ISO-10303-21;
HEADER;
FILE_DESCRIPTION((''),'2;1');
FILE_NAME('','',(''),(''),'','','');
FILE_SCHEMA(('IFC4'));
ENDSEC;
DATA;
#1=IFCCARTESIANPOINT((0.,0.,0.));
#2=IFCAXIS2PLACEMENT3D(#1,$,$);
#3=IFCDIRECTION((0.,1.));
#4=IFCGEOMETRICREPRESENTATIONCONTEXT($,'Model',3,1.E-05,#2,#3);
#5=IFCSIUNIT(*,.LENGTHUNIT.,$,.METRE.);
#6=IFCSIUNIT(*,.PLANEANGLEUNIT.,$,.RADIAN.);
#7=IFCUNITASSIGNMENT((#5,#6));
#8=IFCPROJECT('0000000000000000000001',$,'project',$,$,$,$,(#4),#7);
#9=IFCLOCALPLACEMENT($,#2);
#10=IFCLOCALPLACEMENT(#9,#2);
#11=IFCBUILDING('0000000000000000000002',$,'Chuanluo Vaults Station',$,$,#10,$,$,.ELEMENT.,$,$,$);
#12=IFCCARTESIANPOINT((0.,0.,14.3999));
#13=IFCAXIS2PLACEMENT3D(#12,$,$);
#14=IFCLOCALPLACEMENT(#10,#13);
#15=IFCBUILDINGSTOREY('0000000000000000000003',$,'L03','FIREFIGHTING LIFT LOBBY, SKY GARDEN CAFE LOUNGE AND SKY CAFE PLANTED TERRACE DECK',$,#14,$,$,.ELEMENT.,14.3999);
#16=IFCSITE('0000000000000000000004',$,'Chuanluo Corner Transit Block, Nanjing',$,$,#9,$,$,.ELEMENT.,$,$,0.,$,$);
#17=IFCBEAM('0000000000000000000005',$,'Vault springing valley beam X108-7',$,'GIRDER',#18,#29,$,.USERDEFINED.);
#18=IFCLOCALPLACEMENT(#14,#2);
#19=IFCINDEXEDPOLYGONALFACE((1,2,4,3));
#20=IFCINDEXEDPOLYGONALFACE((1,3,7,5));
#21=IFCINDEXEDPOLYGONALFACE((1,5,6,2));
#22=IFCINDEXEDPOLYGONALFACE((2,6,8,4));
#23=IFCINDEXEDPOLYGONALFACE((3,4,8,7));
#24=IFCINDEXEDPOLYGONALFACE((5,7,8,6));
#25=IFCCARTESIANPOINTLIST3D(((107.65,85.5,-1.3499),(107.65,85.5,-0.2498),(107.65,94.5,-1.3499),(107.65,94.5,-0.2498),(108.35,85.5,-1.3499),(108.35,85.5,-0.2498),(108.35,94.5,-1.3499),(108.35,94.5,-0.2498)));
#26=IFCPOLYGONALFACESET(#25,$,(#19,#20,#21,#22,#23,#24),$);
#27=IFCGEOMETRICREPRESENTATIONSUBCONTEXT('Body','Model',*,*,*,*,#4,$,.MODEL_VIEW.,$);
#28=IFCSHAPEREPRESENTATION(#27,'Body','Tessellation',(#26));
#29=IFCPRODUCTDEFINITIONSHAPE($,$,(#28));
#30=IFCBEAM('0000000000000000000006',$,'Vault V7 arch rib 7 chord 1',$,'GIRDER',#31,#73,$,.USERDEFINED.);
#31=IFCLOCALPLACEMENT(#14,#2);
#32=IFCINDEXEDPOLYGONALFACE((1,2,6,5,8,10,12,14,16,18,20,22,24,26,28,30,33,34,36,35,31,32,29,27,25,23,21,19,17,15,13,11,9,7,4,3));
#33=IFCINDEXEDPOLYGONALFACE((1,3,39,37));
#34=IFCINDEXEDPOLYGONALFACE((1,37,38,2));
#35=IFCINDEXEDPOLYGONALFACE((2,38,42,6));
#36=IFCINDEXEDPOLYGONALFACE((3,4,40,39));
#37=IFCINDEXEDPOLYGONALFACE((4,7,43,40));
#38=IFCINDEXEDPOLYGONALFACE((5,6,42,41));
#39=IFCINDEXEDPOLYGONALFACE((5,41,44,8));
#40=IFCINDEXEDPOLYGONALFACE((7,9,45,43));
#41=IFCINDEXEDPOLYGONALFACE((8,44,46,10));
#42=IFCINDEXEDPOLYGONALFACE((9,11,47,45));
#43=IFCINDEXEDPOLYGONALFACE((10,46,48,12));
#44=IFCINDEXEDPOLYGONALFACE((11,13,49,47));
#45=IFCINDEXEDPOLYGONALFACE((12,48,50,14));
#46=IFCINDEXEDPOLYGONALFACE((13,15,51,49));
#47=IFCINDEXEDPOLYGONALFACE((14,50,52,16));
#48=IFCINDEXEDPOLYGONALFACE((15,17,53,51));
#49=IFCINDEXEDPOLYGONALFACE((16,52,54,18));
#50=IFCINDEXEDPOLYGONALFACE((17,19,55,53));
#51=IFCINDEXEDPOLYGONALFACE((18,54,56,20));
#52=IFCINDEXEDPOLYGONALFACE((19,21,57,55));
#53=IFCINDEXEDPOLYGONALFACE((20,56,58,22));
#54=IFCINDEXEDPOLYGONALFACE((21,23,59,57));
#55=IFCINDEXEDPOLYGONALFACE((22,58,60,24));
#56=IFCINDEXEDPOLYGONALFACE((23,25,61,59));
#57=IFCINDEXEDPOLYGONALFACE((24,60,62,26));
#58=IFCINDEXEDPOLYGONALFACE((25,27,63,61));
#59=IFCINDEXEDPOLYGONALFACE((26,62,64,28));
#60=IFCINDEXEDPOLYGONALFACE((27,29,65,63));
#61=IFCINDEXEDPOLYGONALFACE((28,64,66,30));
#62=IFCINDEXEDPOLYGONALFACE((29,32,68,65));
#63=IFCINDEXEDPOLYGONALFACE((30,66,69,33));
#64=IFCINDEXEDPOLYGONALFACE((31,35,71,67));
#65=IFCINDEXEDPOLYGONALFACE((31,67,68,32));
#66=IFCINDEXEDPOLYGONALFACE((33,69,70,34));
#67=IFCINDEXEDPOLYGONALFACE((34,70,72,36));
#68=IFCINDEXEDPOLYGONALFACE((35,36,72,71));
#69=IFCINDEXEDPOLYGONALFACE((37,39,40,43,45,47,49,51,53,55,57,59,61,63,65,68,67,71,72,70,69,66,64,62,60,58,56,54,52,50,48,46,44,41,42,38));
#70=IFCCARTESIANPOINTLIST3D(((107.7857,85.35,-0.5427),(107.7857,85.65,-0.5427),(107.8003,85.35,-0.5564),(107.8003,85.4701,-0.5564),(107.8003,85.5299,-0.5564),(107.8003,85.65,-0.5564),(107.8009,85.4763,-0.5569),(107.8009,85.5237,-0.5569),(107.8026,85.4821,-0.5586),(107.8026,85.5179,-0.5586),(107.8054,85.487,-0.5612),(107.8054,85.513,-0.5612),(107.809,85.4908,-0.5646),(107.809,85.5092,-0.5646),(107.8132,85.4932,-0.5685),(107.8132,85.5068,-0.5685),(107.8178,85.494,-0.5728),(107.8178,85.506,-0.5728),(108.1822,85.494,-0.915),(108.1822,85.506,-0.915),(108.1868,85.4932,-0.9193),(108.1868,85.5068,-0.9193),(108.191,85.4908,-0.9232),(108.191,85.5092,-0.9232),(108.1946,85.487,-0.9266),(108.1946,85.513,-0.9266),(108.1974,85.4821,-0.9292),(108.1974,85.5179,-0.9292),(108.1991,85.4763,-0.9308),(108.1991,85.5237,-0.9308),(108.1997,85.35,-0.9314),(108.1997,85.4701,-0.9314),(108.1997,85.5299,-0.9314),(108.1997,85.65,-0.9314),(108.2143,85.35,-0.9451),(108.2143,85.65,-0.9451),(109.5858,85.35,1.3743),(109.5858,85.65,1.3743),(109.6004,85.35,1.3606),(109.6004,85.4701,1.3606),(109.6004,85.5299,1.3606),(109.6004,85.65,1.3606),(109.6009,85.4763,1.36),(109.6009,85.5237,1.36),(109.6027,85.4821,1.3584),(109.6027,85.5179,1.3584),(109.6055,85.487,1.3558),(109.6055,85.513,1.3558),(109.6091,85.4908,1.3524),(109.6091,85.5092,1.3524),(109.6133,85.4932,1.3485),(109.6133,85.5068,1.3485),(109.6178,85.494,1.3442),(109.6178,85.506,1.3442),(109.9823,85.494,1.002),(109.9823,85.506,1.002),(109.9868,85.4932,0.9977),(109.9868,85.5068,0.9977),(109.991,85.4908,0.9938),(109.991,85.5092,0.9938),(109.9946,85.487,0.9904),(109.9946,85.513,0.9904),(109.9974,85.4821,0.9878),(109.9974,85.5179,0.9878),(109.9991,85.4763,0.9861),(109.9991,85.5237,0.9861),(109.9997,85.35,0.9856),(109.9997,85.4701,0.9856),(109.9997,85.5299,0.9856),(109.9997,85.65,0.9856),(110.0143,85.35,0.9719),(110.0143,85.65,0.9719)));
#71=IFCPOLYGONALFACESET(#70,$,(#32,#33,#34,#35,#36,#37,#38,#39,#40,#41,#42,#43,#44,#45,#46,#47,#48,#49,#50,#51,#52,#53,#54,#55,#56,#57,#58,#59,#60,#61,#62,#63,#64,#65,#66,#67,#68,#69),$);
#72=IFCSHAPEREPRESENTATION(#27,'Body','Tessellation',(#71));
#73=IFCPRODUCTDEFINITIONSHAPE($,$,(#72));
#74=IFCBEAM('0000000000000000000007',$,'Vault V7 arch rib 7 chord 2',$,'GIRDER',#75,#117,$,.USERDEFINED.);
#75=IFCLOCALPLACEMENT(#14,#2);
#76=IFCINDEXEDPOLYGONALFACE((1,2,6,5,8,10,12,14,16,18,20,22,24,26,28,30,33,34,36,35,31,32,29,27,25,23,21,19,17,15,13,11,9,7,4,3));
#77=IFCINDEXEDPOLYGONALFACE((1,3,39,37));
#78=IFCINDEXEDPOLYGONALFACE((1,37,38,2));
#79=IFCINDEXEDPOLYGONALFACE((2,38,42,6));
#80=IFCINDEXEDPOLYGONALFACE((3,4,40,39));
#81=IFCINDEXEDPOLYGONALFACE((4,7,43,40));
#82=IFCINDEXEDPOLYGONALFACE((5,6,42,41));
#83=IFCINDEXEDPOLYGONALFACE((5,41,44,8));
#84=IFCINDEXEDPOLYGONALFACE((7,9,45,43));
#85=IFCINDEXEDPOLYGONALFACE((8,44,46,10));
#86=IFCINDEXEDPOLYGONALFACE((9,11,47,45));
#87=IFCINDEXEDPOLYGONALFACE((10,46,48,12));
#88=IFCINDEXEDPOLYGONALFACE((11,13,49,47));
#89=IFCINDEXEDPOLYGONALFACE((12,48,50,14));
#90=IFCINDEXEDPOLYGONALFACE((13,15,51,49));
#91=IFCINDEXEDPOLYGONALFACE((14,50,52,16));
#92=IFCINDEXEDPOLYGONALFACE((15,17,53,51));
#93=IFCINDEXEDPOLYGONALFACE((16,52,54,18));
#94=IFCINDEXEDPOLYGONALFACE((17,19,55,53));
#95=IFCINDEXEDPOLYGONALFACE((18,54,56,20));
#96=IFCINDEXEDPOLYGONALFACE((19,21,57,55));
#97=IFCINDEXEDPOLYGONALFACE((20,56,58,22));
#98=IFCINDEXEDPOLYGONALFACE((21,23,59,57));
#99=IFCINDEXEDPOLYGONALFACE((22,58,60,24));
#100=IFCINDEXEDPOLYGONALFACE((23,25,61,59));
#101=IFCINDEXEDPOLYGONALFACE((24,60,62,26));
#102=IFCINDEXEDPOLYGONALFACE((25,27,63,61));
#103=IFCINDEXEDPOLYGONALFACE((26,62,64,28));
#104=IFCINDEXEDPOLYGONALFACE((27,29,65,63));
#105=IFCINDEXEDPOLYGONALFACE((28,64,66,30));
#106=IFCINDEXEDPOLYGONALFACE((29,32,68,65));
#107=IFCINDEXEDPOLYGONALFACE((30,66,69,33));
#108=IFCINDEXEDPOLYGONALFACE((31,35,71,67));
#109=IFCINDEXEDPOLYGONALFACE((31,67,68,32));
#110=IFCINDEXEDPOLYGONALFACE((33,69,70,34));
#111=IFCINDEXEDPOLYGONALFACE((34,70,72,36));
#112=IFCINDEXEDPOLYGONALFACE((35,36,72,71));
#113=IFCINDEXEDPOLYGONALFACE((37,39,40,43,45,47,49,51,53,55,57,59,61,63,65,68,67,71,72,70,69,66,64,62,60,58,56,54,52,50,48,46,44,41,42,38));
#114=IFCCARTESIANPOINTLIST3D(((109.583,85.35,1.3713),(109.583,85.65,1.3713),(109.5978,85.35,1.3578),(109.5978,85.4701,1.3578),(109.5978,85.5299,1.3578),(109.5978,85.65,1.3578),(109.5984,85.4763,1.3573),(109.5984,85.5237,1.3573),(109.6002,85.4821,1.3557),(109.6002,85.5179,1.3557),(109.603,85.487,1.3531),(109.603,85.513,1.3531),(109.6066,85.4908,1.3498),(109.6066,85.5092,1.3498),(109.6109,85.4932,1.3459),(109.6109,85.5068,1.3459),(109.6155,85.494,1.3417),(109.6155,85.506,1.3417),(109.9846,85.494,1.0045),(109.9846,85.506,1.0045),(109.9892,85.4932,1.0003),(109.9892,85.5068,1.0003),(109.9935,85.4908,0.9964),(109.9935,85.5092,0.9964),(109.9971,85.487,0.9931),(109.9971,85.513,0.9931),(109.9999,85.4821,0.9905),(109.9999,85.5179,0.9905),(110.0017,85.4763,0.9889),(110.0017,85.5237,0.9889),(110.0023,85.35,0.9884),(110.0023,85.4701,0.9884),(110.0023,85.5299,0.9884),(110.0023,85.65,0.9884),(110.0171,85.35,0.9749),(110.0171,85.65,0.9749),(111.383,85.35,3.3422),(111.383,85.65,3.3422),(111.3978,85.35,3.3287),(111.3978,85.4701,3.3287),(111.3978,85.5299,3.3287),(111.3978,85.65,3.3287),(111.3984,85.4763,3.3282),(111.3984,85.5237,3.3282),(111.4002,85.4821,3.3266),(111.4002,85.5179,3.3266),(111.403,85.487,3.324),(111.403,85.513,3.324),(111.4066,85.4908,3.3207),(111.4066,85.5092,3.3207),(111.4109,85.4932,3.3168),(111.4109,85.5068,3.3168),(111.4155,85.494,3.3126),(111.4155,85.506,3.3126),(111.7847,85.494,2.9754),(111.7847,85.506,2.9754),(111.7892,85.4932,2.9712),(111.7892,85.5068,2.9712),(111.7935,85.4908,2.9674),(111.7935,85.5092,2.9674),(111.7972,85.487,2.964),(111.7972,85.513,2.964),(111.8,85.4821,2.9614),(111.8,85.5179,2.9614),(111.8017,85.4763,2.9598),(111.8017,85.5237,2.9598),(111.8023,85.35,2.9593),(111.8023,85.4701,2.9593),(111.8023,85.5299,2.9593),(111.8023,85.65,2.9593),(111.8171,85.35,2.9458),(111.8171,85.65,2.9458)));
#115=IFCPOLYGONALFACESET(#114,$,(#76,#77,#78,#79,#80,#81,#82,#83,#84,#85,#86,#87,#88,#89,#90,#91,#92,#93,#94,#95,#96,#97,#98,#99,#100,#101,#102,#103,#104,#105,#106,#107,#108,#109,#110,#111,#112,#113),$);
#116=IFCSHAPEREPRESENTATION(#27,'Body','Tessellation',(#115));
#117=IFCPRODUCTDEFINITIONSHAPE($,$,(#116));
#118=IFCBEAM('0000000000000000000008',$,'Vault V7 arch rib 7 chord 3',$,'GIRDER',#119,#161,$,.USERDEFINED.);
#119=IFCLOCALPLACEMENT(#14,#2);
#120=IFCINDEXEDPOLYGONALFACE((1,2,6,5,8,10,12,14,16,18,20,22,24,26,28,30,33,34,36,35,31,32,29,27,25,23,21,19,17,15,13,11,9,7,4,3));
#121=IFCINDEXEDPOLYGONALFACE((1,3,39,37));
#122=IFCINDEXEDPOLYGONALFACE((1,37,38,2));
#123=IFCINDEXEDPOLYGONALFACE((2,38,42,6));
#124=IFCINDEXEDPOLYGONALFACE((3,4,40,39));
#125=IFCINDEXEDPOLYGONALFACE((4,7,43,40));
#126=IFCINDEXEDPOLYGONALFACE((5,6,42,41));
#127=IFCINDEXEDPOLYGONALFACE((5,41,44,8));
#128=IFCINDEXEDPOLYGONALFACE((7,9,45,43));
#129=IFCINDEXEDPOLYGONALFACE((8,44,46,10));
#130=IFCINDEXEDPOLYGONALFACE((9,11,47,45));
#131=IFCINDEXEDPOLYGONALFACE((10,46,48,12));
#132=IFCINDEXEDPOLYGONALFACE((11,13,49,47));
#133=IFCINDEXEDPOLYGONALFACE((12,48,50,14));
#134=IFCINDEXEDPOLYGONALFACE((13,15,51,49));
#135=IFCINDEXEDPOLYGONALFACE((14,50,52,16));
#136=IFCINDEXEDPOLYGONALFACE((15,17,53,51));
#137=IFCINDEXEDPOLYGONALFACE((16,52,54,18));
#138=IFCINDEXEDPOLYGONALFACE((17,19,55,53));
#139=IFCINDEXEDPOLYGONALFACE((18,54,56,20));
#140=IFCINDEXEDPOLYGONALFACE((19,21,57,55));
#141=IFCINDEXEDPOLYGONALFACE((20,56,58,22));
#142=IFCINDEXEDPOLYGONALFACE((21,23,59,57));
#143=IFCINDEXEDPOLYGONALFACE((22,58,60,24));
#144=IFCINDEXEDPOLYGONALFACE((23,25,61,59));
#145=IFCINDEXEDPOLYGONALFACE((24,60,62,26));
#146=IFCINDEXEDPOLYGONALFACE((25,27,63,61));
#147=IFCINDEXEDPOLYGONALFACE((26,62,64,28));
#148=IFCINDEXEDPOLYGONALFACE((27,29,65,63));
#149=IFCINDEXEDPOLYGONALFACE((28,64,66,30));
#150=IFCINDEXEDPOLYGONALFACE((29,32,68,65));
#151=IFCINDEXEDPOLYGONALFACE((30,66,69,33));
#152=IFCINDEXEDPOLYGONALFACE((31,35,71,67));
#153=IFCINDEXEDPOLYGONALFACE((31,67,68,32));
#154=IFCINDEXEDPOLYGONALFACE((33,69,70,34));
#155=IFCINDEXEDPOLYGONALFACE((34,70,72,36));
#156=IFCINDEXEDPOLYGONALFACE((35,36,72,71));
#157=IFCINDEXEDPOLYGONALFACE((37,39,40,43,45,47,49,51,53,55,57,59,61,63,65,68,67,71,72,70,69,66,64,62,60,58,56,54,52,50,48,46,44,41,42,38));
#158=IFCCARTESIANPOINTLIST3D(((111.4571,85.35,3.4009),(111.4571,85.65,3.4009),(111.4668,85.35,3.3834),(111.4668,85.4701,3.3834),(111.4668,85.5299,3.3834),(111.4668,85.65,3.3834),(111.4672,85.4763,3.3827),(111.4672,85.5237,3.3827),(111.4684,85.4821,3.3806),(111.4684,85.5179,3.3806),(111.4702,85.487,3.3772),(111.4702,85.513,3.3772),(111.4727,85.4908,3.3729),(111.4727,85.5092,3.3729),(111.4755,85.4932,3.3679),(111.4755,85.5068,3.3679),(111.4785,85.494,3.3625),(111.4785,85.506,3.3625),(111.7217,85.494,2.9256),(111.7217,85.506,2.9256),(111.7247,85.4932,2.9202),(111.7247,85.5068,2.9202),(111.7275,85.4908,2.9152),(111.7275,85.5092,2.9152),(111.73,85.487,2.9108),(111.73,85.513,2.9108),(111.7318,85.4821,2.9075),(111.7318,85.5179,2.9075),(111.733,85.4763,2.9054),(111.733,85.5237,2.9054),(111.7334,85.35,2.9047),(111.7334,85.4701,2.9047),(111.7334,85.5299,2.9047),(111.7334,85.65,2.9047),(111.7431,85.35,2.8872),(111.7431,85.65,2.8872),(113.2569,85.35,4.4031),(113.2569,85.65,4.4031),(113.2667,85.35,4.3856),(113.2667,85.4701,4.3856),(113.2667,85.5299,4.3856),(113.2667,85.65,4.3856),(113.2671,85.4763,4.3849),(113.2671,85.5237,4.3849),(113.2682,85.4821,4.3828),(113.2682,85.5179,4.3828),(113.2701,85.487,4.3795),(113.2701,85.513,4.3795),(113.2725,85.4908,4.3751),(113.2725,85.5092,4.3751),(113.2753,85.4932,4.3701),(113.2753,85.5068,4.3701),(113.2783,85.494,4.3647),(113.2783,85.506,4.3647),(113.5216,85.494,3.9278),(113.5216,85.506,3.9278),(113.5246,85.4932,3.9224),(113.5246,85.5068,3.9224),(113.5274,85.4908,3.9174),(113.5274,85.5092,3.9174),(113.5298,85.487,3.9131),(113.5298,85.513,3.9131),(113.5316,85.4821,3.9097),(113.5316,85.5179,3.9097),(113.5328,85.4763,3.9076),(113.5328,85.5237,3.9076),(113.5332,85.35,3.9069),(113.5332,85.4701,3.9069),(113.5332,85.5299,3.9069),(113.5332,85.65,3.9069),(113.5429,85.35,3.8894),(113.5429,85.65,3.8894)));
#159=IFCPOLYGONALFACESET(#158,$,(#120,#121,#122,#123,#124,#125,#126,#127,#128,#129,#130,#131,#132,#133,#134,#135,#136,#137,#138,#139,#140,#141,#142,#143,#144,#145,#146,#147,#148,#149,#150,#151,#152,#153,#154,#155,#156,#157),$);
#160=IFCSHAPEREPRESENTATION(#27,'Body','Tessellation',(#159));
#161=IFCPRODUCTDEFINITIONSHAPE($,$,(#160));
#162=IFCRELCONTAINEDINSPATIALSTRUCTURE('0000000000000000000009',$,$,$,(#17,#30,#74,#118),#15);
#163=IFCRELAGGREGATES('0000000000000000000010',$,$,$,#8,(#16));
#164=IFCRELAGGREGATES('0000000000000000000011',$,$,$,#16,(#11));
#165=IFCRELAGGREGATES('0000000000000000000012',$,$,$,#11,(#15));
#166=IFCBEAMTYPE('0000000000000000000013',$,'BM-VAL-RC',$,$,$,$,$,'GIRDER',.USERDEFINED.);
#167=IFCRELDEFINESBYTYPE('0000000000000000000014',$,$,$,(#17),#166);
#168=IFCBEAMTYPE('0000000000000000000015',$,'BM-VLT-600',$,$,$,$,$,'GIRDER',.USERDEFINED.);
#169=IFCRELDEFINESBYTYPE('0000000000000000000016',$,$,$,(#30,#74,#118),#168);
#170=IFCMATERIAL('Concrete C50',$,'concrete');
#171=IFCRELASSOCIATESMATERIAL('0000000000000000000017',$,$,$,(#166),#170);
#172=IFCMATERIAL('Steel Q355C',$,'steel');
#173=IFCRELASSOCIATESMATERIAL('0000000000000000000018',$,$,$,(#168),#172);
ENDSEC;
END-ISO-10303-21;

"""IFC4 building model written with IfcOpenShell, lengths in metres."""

from ifc_helpers import new_model, si_unit, direction, frame, origin, origin_2d, place, context, subcontext, project, spatial, rectangle, i_section, extrude, material, material_profile, profile_set, type_object, element, save


model = new_model("IFC4")

# Units and contexts
model_context = context("Model", 3, precision=1e-05, world=origin(), true_north=direction((0.0, 1.0)))
body_context = subcontext(model_context, "Body", "Model", "MODEL_VIEW")
ifc_project = project(units=[si_unit("LENGTHUNIT", "METRE"), si_unit("PLANEANGLEUNIT", "RADIAN")], contexts=[model_context])

# Site, building, storey
site_placement = place(None, origin())
site = spatial("IfcSite", under=ifc_project, at=site_placement, Name="Chuanluo Corner Transit Block, Nanjing", CompositionType="ELEMENT", RefElevation=0.0)
building_placement = place(site_placement, origin())
building = spatial("IfcBuilding", under=site, at=building_placement, Name="Chuanluo Vaults Station", CompositionType="ELEMENT")
storey_placement = place(building_placement, frame((0.0, 0.0, 14.3999)))
storey = spatial("IfcBuildingStorey", under=building, at=storey_placement, Name="L03", Description="FIREFIGHTING LIFT LOBBY, SKY GARDEN CAFE LOUNGE AND SKY CAFE PLANTED TERRACE DECK", CompositionType="ELEMENT", Elevation=14.3999)

# Beams
ifc_material_1 = material(Name="Concrete C50", Category="concrete")
ifc_material_profile_1 = material_profile(ifc_material_1, rectangle(XDim=0.7, YDim=1.1001, at=origin_2d()))
ifc_profile_set_1 = profile_set([ifc_material_profile_1], Name="Concrete C50")
beam_type_1 = type_object("IfcBeamType", Name="BM-VAL-RC", ElementType="GIRDER", PredefinedType="USERDEFINED", material=ifc_profile_set_1)
beam_1_placement = place(storey_placement, frame((108.0, 85.5, -0.7998), z_axis=(0.0, 1.0, 0.0), x_axis=(-1.0, 0.0, 0.0)))
element("IfcBeam", 1, at=beam_1_placement, inside=storey, type_object=beam_type_1, Name="Vault springing valley beam X108-7", ObjectType="GIRDER", PredefinedType="USERDEFINED", context=body_context, shape_type="SweptSolid", body=[
    extrude(rectangle(XDim=0.7, YDim=1.1001, at=origin_2d()), origin(), (0.0, 0.0, 1.0), 9.0),
])
ifc_material_2 = material(Name="Steel Q355C", Category="steel")
ifc_material_profile_2 = material_profile(ifc_material_2, i_section(OverallWidth=0.3, OverallDepth=0.5879, WebThickness=0.012, FlangeThickness=0.02, FilletRadius=0.0239, at=origin_2d()))
ifc_profile_set_2 = profile_set([ifc_material_profile_2], Name="Steel Q355C")
beam_type_2 = type_object("IfcBeamType", Name="BM-VLT-600", ElementType="GIRDER", PredefinedType="USERDEFINED", material=ifc_profile_set_2)
beam_2_placement = place(storey_placement, frame((108.0, 85.5, -0.7439), z_axis=(0.684522, 0.0, 0.728993), x_axis=(0.0, 1.0, 0.0)))
element("IfcBeam", 2, at=beam_2_placement, inside=storey, type_object=beam_type_2, Name="Vault V7 arch rib 7 chord 1", ObjectType="GIRDER", PredefinedType="USERDEFINED", context=body_context, shape_type="SweptSolid", body=[
    extrude(i_section(OverallWidth=0.3, OverallDepth=0.5879, WebThickness=0.012, FlangeThickness=0.02, FilletRadius=0.0239, at=origin_2d()), origin(), (0.0, 0.0, 1.0), 2.6296),
])
beam_3_placement = place(storey_placement, frame((109.8, 85.5, 1.1731), z_axis=(0.674369, 0.0, 0.738394), x_axis=(0.0, 1.0, 0.0)))
element("IfcBeam", 3, at=beam_3_placement, inside=storey, type_object=beam_type_2, Name="Vault V7 arch rib 7 chord 2", ObjectType="GIRDER", PredefinedType="USERDEFINED", context=body_context, shape_type="SweptSolid", body=[
    extrude(i_section(OverallWidth=0.3, OverallDepth=0.5879, WebThickness=0.012, FlangeThickness=0.02, FilletRadius=0.0239, at=origin_2d()), origin(), (0.0, 0.0, 1.0), 2.6692),
])
beam_4_placement = place(storey_placement, frame((111.6001, 85.5, 3.144), z_axis=(0.873682, 0.0, 0.486498), x_axis=(0.0, 1.0, 0.0)))
element("IfcBeam", 4, at=beam_4_placement, inside=storey, type_object=beam_type_2, Name="Vault V7 arch rib 7 chord 3", ObjectType="GIRDER", PredefinedType="USERDEFINED", context=body_context, shape_type="SweptSolid", body=[
    extrude(i_section(OverallWidth=0.3, OverallDepth=0.5879, WebThickness=0.012, FlangeThickness=0.02, FilletRadius=0.0239, at=origin_2d()), origin(), (0.0, 0.0, 1.0), 2.0601),
])

save(model, "model.ifc")
